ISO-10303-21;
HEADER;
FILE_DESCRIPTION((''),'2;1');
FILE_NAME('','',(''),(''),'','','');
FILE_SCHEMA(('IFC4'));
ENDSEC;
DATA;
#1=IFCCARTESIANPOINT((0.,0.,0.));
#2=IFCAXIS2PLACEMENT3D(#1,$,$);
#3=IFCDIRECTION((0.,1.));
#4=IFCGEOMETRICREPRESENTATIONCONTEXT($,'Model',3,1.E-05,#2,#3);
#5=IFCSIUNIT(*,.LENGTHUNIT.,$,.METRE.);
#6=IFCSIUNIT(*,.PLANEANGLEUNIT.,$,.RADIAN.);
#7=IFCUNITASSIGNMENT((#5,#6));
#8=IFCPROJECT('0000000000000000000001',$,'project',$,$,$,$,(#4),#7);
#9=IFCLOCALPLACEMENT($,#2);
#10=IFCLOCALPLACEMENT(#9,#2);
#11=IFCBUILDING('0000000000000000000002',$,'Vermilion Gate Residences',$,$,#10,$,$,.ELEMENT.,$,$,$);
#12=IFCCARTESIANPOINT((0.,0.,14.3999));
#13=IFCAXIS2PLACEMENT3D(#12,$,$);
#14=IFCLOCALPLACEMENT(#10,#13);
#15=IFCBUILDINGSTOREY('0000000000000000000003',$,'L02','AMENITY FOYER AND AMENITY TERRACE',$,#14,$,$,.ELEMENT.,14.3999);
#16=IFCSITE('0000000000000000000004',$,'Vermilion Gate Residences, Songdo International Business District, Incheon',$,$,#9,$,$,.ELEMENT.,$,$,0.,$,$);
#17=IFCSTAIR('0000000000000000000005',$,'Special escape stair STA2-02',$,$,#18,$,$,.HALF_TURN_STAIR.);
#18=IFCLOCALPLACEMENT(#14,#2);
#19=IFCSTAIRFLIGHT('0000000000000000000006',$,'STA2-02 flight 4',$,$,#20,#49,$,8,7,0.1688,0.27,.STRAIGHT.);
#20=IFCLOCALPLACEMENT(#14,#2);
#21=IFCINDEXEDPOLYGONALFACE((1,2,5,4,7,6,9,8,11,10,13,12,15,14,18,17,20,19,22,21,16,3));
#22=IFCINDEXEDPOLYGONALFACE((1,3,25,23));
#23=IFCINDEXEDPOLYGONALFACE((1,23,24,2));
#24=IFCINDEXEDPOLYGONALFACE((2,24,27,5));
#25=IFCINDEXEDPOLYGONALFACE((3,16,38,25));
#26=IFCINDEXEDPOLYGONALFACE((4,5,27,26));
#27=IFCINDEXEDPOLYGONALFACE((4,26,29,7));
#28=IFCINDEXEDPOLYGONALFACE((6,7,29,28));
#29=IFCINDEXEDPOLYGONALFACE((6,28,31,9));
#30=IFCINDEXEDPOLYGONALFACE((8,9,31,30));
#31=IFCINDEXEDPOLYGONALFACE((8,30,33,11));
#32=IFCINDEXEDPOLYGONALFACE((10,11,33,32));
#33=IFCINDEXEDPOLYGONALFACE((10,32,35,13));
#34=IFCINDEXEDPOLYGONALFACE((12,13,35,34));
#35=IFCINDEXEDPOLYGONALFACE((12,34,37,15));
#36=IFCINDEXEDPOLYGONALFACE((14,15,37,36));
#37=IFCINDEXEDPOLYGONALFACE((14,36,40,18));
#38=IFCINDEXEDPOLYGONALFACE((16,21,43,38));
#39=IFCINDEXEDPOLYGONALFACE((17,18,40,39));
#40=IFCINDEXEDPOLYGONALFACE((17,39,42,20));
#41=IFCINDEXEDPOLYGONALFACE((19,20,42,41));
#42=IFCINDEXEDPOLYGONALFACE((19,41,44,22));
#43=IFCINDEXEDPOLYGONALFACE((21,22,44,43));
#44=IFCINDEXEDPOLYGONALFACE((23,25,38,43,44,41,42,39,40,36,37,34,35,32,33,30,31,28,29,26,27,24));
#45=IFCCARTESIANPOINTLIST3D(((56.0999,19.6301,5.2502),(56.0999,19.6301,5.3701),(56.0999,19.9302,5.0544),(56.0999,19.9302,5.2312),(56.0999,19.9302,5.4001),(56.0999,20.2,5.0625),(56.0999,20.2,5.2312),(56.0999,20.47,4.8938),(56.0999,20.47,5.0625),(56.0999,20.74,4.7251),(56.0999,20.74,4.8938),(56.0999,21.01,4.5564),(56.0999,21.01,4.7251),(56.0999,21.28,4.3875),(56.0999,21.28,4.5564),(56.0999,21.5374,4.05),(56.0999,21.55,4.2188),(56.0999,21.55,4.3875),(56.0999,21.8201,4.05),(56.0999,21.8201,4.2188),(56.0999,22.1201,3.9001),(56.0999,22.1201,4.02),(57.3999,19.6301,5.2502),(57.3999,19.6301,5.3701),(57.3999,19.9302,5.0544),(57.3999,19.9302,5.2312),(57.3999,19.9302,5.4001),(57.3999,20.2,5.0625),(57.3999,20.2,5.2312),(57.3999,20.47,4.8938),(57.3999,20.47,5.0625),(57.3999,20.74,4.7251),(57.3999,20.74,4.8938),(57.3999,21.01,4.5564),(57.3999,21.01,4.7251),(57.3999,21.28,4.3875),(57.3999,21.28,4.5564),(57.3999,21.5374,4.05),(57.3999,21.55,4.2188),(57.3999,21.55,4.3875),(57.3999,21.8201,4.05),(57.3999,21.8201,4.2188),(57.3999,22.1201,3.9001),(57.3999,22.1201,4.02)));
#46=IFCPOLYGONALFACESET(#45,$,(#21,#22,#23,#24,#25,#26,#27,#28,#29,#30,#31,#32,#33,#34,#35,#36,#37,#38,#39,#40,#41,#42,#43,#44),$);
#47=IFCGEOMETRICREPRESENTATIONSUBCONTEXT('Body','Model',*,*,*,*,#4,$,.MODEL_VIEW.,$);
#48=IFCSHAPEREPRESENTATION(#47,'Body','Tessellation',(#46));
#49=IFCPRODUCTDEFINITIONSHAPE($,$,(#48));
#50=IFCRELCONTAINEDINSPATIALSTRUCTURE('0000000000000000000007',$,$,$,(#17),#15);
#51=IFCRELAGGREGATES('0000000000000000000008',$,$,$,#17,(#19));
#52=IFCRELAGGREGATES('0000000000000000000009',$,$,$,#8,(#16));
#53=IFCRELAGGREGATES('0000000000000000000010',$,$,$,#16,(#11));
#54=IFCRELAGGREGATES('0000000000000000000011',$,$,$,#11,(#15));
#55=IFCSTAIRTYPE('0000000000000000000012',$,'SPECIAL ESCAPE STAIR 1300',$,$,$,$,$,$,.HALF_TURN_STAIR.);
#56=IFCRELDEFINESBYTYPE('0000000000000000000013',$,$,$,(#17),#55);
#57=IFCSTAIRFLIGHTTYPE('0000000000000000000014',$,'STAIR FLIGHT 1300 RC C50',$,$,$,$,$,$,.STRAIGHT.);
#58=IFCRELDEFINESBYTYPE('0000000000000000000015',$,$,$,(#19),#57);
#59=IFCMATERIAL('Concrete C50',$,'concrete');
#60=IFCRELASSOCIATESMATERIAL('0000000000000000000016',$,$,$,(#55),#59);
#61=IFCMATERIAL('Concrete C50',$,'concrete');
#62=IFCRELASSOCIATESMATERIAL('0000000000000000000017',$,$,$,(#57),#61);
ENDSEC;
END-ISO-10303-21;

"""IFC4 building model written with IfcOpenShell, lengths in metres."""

from ifc_helpers import new_model, si_unit, direction, frame, origin, place, context, subcontext, project, spatial, polyline, outline, extrude, material, type_object, element, aggregate, save


model = new_model("IFC4")

# Units and contexts
model_context = context("Model", 3, precision=1e-05, world=origin(), true_north=direction((0.0, 1.0)))
body_context = subcontext(model_context, "Body", "Model", "MODEL_VIEW")
ifc_project = project(units=[si_unit("LENGTHUNIT", "METRE"), si_unit("PLANEANGLEUNIT", "RADIAN")], contexts=[model_context])

# Site, building, storey
site_placement = place(None, origin())
site = spatial("IfcSite", under=ifc_project, at=site_placement, Name="Vermilion Gate Residences, Songdo International Business District, Incheon", CompositionType="ELEMENT", RefElevation=0.0)
building_placement = place(site_placement, origin())
building = spatial("IfcBuilding", under=site, at=building_placement, Name="Vermilion Gate Residences", CompositionType="ELEMENT")
storey_placement = place(building_placement, frame((0.0, 0.0, 14.3999)))
storey = spatial("IfcBuildingStorey", under=building, at=storey_placement, Name="L02", Description="AMENITY FOYER AND AMENITY TERRACE", CompositionType="ELEMENT", Elevation=14.3999)

# Stair, stair flight
ifc_material_1 = material(Name="Concrete C50", Category="concrete")
stair_type = type_object("IfcStairType", Name="SPECIAL ESCAPE STAIR 1300", PredefinedType="HALF_TURN_STAIR", material=ifc_material_1)
stair_placement = place(storey_placement, origin())
stair = element("IfcStair", 1, at=stair_placement, inside=storey, type_object=stair_type, Name="Special escape stair STA2-02", PredefinedType="HALF_TURN_STAIR")
ifc_material_2 = material(Name="Concrete C50", Category="concrete")
stair_flight_type = type_object("IfcStairFlightType", Name="STAIR FLIGHT 1300 RC C50", PredefinedType="STRAIGHT", material=ifc_material_2)
stair_flight_1_placement = place(storey_placement, frame((56.75, 21.8201, 4.05), z_axis=(0.0, 0.0, 1.0), x_axis=(0.0, -1.0, 0.0)))
stair_flight_1 = element("IfcStairFlight", 2, at=stair_flight_1_placement, type_object=stair_flight_type, Name="STA2-02 flight 4", NumberOfRisers=8, NumberOfTreads=7, PredefinedType="STRAIGHT", RiserHeight=0.1688, TreadLength=0.27, context=body_context, shape_type="SweptSolid", body=[
    extrude(outline(polyline([(-0.3, -0.1499), (-0.3, -0.03), (0.0, 0.0), (0.0, 0.1687), (0.27, 0.1687), (0.27, 0.3374), (0.54, 0.3374), (0.54, 0.5063), (0.8101, 0.5063), (0.8101, 0.675), (1.0801, 0.675), (1.0801, 0.8438), (1.3501, 0.8438), (1.3501, 1.0125), (1.6201, 1.0125), (1.6201, 1.1812), (1.8899, 1.1812), (1.8899, 1.3501), (2.1899, 1.3201), (2.1899, 1.2002), (1.8899, 1.0044), (0.2827, 0.0), (-0.3, -0.1499)])), frame((0.0, 0.6499, 0.0), z_axis=(0.0, -1.0, 0.0), x_axis=(1.0, 0.0, 0.0)), (0.0, 0.0, 1.0), 1.3),
])
aggregate(stair, [stair_flight_1])

save(model, "model.ifc")
